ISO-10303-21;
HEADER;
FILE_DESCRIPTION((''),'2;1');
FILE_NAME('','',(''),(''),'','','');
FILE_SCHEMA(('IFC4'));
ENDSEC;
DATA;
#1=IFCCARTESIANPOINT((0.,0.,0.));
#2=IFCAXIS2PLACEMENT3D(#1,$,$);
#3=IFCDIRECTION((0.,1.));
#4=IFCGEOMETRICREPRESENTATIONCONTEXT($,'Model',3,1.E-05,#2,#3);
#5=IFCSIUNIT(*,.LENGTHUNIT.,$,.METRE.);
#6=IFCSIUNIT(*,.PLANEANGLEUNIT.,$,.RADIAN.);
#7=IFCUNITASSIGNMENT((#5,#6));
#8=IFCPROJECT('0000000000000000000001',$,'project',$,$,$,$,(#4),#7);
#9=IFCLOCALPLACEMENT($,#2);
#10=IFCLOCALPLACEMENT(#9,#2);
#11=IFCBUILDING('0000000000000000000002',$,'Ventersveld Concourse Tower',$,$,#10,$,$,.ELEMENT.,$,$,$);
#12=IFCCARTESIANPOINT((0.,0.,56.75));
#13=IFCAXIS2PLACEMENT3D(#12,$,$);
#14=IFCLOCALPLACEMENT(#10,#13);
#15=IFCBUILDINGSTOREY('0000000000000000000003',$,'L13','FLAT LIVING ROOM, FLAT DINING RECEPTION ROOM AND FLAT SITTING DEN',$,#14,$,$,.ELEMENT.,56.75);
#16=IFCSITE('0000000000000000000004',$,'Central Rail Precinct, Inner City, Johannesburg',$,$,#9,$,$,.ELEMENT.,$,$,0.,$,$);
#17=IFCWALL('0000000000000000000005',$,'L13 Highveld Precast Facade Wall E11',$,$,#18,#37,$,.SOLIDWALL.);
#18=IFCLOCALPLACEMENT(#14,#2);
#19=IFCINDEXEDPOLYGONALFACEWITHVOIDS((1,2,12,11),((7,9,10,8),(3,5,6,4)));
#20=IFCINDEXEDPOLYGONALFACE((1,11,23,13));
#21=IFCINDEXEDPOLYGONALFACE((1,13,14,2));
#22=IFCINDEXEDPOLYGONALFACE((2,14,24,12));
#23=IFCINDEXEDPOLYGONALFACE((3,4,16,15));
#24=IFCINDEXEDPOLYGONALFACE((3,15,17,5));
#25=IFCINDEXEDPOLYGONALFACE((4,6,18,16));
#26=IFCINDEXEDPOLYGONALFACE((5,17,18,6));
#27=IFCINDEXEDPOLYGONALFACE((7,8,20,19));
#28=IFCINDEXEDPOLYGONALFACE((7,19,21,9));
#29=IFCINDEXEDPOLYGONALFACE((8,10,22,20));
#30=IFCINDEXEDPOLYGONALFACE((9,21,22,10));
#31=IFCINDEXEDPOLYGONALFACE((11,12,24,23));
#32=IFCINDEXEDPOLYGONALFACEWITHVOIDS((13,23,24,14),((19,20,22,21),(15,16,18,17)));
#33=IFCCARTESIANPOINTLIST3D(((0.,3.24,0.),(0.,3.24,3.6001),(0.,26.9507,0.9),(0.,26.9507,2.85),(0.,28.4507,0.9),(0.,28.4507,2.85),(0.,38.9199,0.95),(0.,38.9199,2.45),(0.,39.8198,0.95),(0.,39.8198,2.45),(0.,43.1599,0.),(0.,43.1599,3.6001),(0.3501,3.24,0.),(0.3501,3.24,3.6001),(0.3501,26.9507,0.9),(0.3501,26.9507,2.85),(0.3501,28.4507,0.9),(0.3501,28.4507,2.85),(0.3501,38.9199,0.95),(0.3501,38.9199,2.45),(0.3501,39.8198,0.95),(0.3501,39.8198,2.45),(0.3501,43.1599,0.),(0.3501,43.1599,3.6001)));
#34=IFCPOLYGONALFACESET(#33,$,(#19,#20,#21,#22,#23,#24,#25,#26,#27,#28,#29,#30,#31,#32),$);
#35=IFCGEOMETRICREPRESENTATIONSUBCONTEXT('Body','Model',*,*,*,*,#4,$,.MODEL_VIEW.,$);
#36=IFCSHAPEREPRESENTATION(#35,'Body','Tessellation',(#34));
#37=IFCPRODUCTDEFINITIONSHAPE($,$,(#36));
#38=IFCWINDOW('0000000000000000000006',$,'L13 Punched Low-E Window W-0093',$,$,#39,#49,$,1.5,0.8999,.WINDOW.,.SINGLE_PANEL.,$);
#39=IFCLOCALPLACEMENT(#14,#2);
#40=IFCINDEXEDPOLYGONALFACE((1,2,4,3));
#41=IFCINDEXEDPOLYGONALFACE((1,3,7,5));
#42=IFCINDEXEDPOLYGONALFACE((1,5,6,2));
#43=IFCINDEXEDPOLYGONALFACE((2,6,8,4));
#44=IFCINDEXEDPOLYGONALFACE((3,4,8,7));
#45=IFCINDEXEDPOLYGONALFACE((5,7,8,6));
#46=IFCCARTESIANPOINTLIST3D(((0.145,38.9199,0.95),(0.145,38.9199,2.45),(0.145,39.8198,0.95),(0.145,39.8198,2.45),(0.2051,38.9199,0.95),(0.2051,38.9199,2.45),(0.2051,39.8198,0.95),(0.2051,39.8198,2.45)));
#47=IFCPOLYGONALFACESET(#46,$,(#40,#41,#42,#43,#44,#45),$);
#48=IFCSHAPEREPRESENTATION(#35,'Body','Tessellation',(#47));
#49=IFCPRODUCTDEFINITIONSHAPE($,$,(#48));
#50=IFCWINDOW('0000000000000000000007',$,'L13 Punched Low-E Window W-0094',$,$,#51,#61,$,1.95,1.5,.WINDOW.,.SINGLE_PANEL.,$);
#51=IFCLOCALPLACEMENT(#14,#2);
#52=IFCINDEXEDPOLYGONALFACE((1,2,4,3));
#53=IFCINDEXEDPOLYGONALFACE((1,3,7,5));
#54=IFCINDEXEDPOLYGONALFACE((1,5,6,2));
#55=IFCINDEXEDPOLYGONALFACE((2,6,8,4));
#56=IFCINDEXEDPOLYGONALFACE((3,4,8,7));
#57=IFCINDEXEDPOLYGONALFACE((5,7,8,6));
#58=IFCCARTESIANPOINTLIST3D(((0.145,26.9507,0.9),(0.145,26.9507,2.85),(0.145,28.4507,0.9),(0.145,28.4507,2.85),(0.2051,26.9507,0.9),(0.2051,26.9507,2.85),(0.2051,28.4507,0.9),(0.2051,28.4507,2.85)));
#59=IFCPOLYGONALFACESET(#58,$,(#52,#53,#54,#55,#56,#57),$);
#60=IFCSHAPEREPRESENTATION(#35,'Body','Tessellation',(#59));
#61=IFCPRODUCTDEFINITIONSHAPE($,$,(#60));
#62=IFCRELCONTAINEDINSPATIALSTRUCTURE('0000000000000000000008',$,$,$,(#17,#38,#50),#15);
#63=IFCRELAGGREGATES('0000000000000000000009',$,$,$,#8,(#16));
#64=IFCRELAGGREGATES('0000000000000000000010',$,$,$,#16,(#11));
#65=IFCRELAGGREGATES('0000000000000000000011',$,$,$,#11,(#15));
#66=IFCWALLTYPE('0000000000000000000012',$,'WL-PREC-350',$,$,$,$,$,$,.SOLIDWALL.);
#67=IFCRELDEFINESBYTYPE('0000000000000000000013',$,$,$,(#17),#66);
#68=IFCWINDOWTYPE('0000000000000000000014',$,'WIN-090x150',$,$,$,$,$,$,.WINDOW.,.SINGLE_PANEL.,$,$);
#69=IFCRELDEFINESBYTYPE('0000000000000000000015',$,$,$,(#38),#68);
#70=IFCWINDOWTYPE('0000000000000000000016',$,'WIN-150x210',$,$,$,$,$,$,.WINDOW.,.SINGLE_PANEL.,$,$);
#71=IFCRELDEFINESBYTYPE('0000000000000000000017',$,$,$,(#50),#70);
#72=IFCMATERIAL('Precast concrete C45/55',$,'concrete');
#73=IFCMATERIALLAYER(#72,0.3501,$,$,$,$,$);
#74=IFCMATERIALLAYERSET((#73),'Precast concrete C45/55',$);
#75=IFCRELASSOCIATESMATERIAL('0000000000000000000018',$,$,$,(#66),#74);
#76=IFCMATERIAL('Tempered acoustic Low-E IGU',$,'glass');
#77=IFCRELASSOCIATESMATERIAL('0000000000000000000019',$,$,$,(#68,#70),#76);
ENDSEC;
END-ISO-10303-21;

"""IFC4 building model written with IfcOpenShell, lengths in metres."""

from ifc_helpers import new_model, si_unit, direction, frame, frame_2d, origin, place, context, subcontext, project, spatial, rectangle, extrude, material, layer, layer_set, type_object, element, fill, save


model = new_model("IFC4")

# Units and contexts
model_context = context("Model", 3, precision=1e-05, world=origin(), true_north=direction((0.0, 1.0)))
body_context = subcontext(model_context, "Body", "Model", "MODEL_VIEW")
ifc_project = project(units=[si_unit("LENGTHUNIT", "METRE"), si_unit("PLANEANGLEUNIT", "RADIAN")], contexts=[model_context])

# Site, building, storey
site_placement = place(None, origin())
site = spatial("IfcSite", under=ifc_project, at=site_placement, Name="Central Rail Precinct, Inner City, Johannesburg", CompositionType="ELEMENT", RefElevation=0.0)
building_placement = place(site_placement, origin())
building = spatial("IfcBuilding", under=site, at=building_placement, Name="Ventersveld Concourse Tower", CompositionType="ELEMENT")
storey_placement = place(building_placement, frame((0.0, 0.0, 56.75)))
storey = spatial("IfcBuildingStorey", under=building, at=storey_placement, Name="L13", Description="FLAT LIVING ROOM, FLAT DINING RECEPTION ROOM AND FLAT SITTING DEN", CompositionType="ELEMENT", Elevation=56.75)

# Shared definitions
ifc_material_1 = material(Name="Precast concrete C45/55", Category="concrete")
ifc_layer_1 = layer(ifc_material_1, 0.3501)
ifc_layer_set_1 = layer_set([ifc_layer_1], Name="Precast concrete C45/55")
wall_type_1 = type_object("IfcWallType", Name="WL-PREC-350", PredefinedType="SOLIDWALL", material=ifc_layer_set_1)

# Wall, openings, windows
wall_1_placement = place(storey_placement, frame((0.175, 43.1599, 0.0), z_axis=(0.0, 0.0, 1.0), x_axis=(0.0, -1.0, 0.0)))
wall_1 = element("IfcWall", 1, at=wall_1_placement, inside=storey, type_object=wall_type_1, Name="L13 Highveld Precast Facade Wall E11", PredefinedType="SOLIDWALL", context=body_context, shape_type="SweptSolid", body=[
    extrude(rectangle(XDim=39.9199, YDim=0.3501, at=frame_2d((19.96, 0.0))), origin(), (0.0, 0.0, 1.0), 3.6001),
])
opening_1_placement = place(wall_1_placement, frame((3.3401, 0.0, 0.95)))
opening_1 = element("IfcOpeningElement", 2, at=opening_1_placement, cuts=wall_1, PredefinedType="OPENING", context=body_context, shape_type="SweptSolid", body=[
    extrude(rectangle(XDim=0.8999, YDim=1.5, at=frame_2d((0.45, 0.75))), frame((0.0, 0.1851, 0.0), z_axis=(0.0, -1.0, 0.0), x_axis=(1.0, 0.0, 0.0)), (0.0, 0.0, 1.0), 0.3701),
])
opening_2_placement = place(wall_1_placement, frame((14.7092, 0.0, 0.8999)))
opening_2 = element("IfcOpeningElement", 3, at=opening_2_placement, cuts=wall_1, PredefinedType="OPENING", context=body_context, shape_type="SweptSolid", body=[
    extrude(rectangle(XDim=1.5, YDim=1.95, at=frame_2d((0.75, 0.9751))), frame((0.0, 0.1851, 0.0), z_axis=(0.0, -1.0, 0.0), x_axis=(1.0, 0.0, 0.0)), (0.0, 0.0, 1.0), 0.3701),
])
ifc_material_2 = material(Name="Tempered acoustic Low-E IGU", Category="glass")
window_type_1 = type_object("IfcWindowType", Name="WIN-090x150", PartitioningType="SINGLE_PANEL", PredefinedType="WINDOW", material=ifc_material_2)
window_1_placement = place(opening_1_placement, origin())
window_1 = element("IfcWindow", 4, at=window_1_placement, inside=storey, type_object=window_type_1, Name="L13 Punched Low-E Window W-0093", OverallHeight=1.5, OverallWidth=0.8999, PartitioningType="SINGLE_PANEL", PredefinedType="WINDOW", context=body_context, shape_type="SweptSolid", body=[
    extrude(rectangle(XDim=0.8999, YDim=1.5, at=frame_2d((0.45, 0.75))), frame((0.0, 0.03, 0.0), z_axis=(0.0, -1.0, 0.0), x_axis=(1.0, 0.0, 0.0)), (0.0, 0.0, 1.0), 0.0601),
])
fill(opening_1, window_1)
window_type_2 = type_object("IfcWindowType", Name="WIN-150x210", PartitioningType="SINGLE_PANEL", PredefinedType="WINDOW", material=ifc_material_2)
window_2_placement = place(opening_2_placement, origin())
window_2 = element("IfcWindow", 5, at=window_2_placement, inside=storey, type_object=window_type_2, Name="L13 Punched Low-E Window W-0094", OverallHeight=1.95, OverallWidth=1.5, PartitioningType="SINGLE_PANEL", PredefinedType="WINDOW", context=body_context, shape_type="SweptSolid", body=[
    extrude(rectangle(XDim=1.5, YDim=1.95, at=frame_2d((0.75, 0.9751))), frame((0.0, 0.03, 0.0), z_axis=(0.0, -1.0, 0.0), x_axis=(1.0, 0.0, 0.0)), (0.0, 0.0, 1.0), 0.0601),
])
fill(opening_2, window_2)

save(model, "model.ifc")
